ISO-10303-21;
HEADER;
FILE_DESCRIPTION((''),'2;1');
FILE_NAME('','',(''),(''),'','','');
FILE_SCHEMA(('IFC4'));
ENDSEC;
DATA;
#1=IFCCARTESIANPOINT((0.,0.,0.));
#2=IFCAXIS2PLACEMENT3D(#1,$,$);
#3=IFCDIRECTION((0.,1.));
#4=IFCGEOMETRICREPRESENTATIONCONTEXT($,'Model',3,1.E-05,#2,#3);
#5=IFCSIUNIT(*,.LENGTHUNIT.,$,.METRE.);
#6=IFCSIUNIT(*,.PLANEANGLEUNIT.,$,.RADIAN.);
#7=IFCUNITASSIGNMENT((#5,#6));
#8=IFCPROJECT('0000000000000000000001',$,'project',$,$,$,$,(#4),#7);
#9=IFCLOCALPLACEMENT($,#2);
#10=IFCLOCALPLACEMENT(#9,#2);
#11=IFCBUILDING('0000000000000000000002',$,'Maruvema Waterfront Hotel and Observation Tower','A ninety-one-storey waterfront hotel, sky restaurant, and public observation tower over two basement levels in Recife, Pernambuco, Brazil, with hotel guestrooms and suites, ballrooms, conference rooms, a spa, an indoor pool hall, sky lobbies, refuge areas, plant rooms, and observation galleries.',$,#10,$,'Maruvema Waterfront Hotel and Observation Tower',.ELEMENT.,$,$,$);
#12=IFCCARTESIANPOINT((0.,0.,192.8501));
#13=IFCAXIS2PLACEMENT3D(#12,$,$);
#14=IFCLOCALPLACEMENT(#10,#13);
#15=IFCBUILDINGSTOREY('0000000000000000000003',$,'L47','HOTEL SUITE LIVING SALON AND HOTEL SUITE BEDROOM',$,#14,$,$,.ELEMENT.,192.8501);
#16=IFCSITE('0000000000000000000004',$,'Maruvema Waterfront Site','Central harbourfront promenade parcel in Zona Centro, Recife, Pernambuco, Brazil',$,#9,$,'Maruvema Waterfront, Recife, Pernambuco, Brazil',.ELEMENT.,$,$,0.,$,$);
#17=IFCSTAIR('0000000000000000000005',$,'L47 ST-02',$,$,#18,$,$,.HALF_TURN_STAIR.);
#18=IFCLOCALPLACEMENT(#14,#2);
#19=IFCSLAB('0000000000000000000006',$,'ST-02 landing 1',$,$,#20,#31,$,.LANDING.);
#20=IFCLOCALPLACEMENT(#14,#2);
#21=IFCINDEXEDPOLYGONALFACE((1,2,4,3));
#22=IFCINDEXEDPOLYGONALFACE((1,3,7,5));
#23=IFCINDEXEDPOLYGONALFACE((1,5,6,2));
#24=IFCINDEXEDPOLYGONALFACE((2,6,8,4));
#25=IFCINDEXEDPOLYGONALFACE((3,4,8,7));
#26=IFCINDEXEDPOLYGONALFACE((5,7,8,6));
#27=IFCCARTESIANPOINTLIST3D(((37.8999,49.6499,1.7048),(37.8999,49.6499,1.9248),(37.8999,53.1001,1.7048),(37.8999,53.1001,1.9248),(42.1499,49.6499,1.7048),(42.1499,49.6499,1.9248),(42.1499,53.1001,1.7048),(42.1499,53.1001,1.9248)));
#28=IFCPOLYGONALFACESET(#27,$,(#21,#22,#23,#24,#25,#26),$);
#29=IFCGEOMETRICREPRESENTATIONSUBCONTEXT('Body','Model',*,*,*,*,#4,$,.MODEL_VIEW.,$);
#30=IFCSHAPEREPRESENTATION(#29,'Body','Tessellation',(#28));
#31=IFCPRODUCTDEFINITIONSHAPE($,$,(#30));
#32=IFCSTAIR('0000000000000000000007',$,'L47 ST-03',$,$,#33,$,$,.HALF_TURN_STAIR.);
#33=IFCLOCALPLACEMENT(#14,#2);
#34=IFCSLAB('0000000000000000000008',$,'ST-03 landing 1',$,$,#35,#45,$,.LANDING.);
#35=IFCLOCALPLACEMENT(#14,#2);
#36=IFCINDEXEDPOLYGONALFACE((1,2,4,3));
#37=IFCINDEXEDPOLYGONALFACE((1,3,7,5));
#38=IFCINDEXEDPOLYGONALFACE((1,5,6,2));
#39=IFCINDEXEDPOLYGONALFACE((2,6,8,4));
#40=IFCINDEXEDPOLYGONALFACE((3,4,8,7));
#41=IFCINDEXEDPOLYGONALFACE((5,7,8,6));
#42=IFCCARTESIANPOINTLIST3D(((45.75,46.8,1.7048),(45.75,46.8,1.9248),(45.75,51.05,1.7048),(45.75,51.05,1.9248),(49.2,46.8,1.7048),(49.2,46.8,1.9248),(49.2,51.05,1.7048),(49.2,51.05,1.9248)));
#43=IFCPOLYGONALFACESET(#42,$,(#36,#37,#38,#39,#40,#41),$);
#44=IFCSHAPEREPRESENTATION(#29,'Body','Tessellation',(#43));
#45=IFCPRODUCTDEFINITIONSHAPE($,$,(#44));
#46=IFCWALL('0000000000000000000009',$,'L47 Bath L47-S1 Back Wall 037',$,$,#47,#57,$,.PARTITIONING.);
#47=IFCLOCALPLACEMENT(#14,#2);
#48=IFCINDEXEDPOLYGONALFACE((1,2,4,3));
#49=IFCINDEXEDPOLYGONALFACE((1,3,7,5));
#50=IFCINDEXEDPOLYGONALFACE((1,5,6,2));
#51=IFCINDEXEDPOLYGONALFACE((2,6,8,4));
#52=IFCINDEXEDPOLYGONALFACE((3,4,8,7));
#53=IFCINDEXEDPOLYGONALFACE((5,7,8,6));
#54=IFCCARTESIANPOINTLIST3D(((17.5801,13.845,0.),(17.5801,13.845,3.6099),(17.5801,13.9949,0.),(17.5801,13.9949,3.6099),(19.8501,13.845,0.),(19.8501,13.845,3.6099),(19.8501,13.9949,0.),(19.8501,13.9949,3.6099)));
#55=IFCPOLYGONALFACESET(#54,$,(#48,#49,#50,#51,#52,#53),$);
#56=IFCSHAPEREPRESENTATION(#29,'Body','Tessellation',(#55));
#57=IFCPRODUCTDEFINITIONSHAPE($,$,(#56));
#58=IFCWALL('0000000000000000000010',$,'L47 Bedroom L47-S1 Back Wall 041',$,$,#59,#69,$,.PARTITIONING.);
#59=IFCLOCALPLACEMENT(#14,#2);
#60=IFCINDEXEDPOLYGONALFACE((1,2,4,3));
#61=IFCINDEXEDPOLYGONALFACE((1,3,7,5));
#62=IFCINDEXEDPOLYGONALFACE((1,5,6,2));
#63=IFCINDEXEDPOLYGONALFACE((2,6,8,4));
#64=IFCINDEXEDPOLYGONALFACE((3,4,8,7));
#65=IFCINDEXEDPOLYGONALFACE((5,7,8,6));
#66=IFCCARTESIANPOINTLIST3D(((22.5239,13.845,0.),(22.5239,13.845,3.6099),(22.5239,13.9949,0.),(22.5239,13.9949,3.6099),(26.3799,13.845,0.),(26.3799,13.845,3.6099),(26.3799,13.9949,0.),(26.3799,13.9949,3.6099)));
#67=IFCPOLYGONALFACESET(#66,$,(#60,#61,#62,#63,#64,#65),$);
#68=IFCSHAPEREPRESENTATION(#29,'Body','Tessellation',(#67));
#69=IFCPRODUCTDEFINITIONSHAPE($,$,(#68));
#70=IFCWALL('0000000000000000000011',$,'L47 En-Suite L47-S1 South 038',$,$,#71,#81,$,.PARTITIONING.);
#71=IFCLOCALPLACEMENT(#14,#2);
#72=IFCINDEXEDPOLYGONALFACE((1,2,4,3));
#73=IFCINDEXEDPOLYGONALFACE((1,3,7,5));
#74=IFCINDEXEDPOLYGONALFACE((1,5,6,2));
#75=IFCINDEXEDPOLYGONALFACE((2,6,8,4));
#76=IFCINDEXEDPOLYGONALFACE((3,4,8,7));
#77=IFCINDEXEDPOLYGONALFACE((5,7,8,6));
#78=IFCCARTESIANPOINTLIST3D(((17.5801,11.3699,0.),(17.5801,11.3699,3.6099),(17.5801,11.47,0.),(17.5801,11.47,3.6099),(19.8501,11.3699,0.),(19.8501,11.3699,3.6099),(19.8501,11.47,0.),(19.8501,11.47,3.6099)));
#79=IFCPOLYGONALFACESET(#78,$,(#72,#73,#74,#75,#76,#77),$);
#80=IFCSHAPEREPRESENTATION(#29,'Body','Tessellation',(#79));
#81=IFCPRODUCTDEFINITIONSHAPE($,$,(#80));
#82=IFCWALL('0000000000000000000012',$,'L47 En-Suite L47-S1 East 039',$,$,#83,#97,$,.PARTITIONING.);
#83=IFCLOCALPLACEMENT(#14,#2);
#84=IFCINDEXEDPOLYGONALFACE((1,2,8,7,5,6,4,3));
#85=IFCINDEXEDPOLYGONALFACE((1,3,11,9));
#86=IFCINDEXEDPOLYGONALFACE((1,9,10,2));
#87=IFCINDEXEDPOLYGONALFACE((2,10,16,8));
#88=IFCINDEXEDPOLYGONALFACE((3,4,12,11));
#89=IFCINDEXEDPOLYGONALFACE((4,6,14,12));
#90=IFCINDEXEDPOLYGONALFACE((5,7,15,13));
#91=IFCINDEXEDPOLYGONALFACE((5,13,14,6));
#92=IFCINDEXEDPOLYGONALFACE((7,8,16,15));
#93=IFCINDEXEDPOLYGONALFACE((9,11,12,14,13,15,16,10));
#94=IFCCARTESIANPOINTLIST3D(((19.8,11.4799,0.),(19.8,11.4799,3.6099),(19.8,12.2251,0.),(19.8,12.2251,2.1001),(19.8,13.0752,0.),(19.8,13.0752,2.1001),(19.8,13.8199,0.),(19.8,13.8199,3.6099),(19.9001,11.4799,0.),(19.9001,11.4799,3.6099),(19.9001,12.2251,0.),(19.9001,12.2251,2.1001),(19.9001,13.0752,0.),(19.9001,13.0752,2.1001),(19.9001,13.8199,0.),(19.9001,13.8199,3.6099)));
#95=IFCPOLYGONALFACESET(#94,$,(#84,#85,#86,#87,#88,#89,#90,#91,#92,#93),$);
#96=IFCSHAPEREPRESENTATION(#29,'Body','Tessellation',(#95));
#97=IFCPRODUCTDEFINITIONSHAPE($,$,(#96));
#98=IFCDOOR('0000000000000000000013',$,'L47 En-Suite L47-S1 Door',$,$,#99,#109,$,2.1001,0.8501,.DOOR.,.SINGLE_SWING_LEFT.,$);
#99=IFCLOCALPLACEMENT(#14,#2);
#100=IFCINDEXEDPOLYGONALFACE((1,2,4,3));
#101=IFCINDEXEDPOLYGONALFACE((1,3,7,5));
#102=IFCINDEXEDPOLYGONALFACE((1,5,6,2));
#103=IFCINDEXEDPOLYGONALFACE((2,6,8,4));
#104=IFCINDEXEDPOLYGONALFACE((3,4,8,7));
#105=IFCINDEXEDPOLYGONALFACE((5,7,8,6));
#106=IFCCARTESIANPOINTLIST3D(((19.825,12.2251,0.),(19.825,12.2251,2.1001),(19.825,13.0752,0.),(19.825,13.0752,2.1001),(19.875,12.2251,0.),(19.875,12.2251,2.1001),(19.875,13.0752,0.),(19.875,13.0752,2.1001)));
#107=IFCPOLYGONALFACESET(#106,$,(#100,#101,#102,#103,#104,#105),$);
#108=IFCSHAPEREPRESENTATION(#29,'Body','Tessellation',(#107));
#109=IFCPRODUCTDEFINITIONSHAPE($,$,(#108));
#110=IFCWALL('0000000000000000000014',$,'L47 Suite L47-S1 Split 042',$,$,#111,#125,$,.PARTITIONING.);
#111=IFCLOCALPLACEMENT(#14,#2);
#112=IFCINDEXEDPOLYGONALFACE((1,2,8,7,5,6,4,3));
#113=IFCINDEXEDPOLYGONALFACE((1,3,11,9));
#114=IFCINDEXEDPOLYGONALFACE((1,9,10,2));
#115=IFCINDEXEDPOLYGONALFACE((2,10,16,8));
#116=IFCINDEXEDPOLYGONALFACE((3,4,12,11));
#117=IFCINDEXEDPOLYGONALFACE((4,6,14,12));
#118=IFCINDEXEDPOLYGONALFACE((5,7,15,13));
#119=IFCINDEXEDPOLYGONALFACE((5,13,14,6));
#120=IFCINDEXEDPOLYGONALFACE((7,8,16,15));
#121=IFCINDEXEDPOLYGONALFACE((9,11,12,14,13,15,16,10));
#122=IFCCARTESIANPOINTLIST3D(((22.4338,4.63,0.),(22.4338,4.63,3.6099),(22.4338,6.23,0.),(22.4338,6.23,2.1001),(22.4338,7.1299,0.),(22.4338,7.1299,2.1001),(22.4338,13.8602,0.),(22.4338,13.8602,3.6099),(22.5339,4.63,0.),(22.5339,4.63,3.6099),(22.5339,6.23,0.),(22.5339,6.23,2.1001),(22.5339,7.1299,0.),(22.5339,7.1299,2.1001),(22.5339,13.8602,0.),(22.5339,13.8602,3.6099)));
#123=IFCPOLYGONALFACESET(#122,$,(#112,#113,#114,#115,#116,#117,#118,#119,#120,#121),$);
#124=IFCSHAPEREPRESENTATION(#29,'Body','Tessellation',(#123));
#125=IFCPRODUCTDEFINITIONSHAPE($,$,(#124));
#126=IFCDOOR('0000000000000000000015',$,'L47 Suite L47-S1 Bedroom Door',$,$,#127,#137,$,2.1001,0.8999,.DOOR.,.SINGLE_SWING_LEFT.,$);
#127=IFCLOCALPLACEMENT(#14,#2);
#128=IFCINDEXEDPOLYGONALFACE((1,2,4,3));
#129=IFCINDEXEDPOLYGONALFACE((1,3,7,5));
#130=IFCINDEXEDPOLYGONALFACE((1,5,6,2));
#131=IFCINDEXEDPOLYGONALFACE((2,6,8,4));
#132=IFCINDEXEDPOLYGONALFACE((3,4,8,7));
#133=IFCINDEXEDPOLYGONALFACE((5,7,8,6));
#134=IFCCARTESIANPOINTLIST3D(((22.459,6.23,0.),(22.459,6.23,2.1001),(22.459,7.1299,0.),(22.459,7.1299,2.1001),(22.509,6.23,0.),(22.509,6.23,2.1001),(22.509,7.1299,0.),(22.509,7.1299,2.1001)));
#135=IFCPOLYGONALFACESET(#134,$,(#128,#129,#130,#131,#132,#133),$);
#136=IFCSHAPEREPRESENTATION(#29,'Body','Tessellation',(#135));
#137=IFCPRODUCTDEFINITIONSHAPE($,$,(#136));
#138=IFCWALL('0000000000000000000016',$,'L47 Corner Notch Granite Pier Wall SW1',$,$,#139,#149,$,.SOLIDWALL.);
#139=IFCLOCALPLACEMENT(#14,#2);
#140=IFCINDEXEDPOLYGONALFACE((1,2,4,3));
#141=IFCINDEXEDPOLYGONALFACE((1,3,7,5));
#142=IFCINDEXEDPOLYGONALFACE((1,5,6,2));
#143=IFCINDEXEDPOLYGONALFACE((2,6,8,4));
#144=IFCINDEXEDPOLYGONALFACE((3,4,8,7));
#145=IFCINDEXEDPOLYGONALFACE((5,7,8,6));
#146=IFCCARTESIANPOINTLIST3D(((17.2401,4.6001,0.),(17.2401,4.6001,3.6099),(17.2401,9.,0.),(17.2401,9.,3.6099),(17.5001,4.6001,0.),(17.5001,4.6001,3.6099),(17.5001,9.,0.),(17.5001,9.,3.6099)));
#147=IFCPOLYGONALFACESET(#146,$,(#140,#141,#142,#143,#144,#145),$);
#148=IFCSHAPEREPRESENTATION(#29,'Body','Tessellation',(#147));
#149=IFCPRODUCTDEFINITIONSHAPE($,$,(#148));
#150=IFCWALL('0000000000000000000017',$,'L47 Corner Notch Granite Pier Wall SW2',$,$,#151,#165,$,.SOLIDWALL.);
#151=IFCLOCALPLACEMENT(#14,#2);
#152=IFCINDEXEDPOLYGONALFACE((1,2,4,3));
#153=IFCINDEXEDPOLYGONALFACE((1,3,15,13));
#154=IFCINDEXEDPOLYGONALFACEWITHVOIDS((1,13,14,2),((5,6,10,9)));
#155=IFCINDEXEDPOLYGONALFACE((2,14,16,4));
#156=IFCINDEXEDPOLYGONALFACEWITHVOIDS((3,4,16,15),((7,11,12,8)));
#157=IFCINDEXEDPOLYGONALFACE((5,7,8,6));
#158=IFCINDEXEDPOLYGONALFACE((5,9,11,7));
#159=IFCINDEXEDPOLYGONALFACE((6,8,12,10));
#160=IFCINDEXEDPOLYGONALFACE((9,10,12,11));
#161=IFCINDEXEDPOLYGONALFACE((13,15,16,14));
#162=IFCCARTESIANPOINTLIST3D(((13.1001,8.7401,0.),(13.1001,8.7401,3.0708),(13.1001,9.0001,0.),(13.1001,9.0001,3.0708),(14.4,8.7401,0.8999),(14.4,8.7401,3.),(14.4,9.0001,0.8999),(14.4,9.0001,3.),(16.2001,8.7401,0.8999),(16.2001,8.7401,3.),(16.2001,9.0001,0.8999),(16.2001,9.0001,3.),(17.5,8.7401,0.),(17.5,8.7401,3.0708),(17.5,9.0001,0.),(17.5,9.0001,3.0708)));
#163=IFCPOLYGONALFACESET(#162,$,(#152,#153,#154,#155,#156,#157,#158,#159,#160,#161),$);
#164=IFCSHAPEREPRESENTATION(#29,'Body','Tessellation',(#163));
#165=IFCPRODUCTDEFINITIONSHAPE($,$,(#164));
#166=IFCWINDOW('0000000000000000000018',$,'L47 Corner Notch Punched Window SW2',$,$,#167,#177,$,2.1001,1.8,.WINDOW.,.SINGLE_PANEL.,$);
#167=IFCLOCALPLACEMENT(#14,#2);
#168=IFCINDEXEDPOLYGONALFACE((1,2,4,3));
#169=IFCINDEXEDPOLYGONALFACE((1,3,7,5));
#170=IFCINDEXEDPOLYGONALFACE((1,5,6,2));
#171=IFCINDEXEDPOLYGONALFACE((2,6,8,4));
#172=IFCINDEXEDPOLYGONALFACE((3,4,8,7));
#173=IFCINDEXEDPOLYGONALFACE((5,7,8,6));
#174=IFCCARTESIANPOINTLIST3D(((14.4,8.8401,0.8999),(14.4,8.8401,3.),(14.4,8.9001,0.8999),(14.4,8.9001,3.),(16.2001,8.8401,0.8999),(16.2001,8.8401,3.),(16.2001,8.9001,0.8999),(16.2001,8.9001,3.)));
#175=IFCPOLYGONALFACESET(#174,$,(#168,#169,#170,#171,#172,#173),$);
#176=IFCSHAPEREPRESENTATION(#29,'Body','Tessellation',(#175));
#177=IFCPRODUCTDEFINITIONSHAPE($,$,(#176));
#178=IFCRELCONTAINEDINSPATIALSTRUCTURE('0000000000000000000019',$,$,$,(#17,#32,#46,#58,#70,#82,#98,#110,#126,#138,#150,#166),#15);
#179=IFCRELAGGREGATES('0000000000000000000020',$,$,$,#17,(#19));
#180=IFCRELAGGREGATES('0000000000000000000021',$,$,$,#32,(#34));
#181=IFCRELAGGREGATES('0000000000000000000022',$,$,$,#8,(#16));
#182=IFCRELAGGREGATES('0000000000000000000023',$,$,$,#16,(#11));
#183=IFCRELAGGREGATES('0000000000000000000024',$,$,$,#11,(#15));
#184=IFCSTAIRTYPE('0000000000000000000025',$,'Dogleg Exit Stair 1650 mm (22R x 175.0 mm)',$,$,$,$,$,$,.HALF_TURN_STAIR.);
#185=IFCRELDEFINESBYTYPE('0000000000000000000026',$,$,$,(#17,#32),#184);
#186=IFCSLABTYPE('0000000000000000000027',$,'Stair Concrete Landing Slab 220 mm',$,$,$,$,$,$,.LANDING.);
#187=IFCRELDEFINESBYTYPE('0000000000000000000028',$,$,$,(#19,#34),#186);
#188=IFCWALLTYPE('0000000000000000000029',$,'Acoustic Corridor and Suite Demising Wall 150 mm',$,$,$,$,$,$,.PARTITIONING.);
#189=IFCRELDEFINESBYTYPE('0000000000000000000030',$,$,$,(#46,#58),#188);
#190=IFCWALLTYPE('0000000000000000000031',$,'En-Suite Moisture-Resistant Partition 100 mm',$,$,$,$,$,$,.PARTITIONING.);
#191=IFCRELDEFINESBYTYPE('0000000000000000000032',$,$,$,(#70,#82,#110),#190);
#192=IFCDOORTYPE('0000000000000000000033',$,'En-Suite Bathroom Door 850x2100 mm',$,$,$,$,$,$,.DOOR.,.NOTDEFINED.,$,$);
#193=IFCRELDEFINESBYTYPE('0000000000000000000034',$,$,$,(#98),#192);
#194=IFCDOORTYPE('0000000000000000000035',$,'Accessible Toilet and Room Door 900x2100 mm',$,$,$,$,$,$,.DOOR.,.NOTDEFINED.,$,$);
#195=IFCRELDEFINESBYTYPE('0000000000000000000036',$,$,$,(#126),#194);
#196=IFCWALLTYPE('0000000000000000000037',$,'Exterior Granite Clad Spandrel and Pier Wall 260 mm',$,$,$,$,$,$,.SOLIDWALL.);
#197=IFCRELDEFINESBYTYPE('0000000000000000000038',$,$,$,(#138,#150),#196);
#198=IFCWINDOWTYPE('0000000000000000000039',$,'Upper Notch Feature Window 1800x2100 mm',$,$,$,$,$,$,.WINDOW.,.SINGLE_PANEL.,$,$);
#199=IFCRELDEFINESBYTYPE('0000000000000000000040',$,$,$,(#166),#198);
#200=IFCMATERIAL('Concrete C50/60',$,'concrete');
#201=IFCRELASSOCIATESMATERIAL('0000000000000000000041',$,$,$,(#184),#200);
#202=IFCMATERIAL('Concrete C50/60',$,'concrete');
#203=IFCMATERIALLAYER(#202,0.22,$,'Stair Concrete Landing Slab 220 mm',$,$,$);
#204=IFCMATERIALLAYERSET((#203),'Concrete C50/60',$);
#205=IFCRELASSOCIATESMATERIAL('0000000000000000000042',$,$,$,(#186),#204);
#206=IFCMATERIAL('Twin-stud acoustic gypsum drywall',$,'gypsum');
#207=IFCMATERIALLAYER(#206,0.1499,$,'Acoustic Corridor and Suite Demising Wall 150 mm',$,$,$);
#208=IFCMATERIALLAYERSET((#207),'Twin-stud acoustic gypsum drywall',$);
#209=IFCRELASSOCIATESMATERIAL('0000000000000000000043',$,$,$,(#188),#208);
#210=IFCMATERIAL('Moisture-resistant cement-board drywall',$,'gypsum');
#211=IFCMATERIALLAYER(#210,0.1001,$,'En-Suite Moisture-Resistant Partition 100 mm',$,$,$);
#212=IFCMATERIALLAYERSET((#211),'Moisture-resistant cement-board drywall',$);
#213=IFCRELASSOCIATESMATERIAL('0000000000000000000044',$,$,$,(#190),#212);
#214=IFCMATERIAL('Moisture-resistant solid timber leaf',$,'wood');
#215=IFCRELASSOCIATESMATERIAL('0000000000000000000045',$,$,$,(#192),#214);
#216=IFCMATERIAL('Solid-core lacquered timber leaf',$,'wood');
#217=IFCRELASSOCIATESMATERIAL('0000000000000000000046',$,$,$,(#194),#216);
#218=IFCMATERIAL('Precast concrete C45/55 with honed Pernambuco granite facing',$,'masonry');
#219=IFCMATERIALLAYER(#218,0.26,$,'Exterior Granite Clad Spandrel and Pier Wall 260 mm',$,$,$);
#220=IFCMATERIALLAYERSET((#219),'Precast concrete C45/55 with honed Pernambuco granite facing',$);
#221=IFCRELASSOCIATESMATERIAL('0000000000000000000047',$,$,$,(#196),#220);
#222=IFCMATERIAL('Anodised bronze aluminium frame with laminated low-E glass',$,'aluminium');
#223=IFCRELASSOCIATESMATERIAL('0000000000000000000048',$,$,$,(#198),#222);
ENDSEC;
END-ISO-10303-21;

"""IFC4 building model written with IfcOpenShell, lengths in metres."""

from ifc_helpers import new_model, si_unit, direction, frame, frame_2d, origin, place, context, subcontext, project, spatial, polyline, rectangle, outline, extrude, material, layer, layer_set, type_object, element, fill, aggregate, save


model = new_model("IFC4")

# Units and contexts
model_context = context("Model", 3, precision=1e-05, world=origin(), true_north=direction((0.0, 1.0)))
body_context = subcontext(model_context, "Body", "Model", "MODEL_VIEW")
ifc_project = project(units=[si_unit("LENGTHUNIT", "METRE"), si_unit("PLANEANGLEUNIT", "RADIAN")], contexts=[model_context])

# Site, building, storey
site_placement = place(None, origin())
site = spatial("IfcSite", under=ifc_project, at=site_placement, Name="Maruvema Waterfront Site", Description="Central harbourfront promenade parcel in Zona Centro, Recife, Pernambuco, Brazil", LongName="Maruvema Waterfront, Recife, Pernambuco, Brazil", CompositionType="ELEMENT", RefElevation=0.0)
building_placement = place(site_placement, origin())
building = spatial("IfcBuilding", under=site, at=building_placement, Name="Maruvema Waterfront Hotel and Observation Tower", Description="A ninety-one-storey waterfront hotel, sky restaurant, and public observation tower over two basement levels in Recife, Pernambuco, Brazil, with hotel guestrooms and suites, ballrooms, conference rooms, a spa, an indoor pool hall, sky lobbies, refuge areas, plant rooms, and observation galleries.", LongName="Maruvema Waterfront Hotel and Observation Tower", CompositionType="ELEMENT")
storey_placement = place(building_placement, frame((0.0, 0.0, 192.8501)))
storey = spatial("IfcBuildingStorey", under=building, at=storey_placement, Name="L47", Description="HOTEL SUITE LIVING SALON AND HOTEL SUITE BEDROOM", CompositionType="ELEMENT", Elevation=192.8501)

# Stairs, slabs
ifc_material_1 = material(Name="Concrete C50/60", Category="concrete")
stair_type = type_object("IfcStairType", Name="Dogleg Exit Stair 1650 mm (22R x 175.0 mm)", PredefinedType="HALF_TURN_STAIR", material=ifc_material_1)
ifc_material_2 = material(Name="Concrete C50/60", Category="concrete")
ifc_layer_1 = layer(ifc_material_2, 0.22, Name="Stair Concrete Landing Slab 220 mm")
ifc_layer_set_1 = layer_set([ifc_layer_1], Name="Concrete C50/60")
slab_type_1 = type_object("IfcSlabType", Name="Stair Concrete Landing Slab 220 mm", PredefinedType="LANDING", material=ifc_layer_set_1)
stair_1_placement = place(storey_placement, origin())
stair_1 = element("IfcStair", 1, at=stair_1_placement, inside=storey, type_object=stair_type, Name="L47 ST-02", PredefinedType="HALF_TURN_STAIR")
slab_1_placement = place(storey_placement, frame((0.0, 0.0, 1.7048)))
slab_1 = element("IfcSlab", 2, at=slab_1_placement, type_object=slab_type_1, Name="ST-02 landing 1", PredefinedType="LANDING", context=body_context, shape_type="SweptSolid", body=[
    extrude(outline(polyline([(37.8999, 49.6499), (42.1499, 49.6499), (42.1499, 53.1001), (37.8999, 53.1001), (37.8999, 49.6499)])), origin(), (0.0, 0.0, 1.0), 0.22),
])
aggregate(stair_1, [slab_1])
stair_2_placement = place(storey_placement, origin())
stair_2 = element("IfcStair", 3, at=stair_2_placement, inside=storey, type_object=stair_type, Name="L47 ST-03", PredefinedType="HALF_TURN_STAIR")
slab_2_placement = place(storey_placement, frame((0.0, 0.0, 1.7048)))
slab_2 = element("IfcSlab", 4, at=slab_2_placement, type_object=slab_type_1, Name="ST-03 landing 1", PredefinedType="LANDING", context=body_context, shape_type="SweptSolid", body=[
    extrude(outline(polyline([(49.2, 46.8), (49.2, 51.05), (45.75, 51.05), (45.75, 46.8), (49.2, 46.8)])), origin(), (0.0, 0.0, 1.0), 0.22),
])
aggregate(stair_2, [slab_2])

# Wall
ifc_material_3 = material(Name="Twin-stud acoustic gypsum drywall", Category="gypsum")
ifc_layer_2 = layer(ifc_material_3, 0.1499, Name="Acoustic Corridor and Suite Demising Wall 150 mm")
ifc_layer_set_2 = layer_set([ifc_layer_2], Name="Twin-stud acoustic gypsum drywall")
wall_type_1 = type_object("IfcWallType", Name="Acoustic Corridor and Suite Demising Wall 150 mm", PredefinedType="PARTITIONING", material=ifc_layer_set_2)
wall_1_placement = place(storey_placement, frame((17.5801, 13.9199, 0.0), z_axis=(0.0, 0.0, 1.0), x_axis=(1.0, 0.0, 0.0)))
element("IfcWall", 5, at=wall_1_placement, inside=storey, type_object=wall_type_1, Name="L47 Bath L47-S1 Back Wall 037", PredefinedType="PARTITIONING", context=body_context, shape_type="SweptSolid", body=[
    extrude(rectangle(XDim=2.27, YDim=0.1499, at=frame_2d((1.135, 0.0))), origin(), (0.0, 0.0, 1.0), 3.6099),
])

# Walls
wall_2_placement = place(storey_placement, frame((22.5239, 13.9199, 0.0), z_axis=(0.0, 0.0, 1.0), x_axis=(1.0, 0.0, 0.0)))
element("IfcWall", 6, at=wall_2_placement, inside=storey, type_object=wall_type_1, Name="L47 Bedroom L47-S1 Back Wall 041", PredefinedType="PARTITIONING", context=body_context, shape_type="SweptSolid", body=[
    extrude(rectangle(XDim=3.856, YDim=0.1499, at=frame_2d((1.928, 0.0))), origin(), (0.0, 0.0, 1.0), 3.6099),
])
ifc_material_4 = material(Name="Moisture-resistant cement-board drywall", Category="gypsum")
ifc_layer_3 = layer(ifc_material_4, 0.1001, Name="En-Suite Moisture-Resistant Partition 100 mm")
ifc_layer_set_3 = layer_set([ifc_layer_3], Name="Moisture-resistant cement-board drywall")
wall_type_2 = type_object("IfcWallType", Name="En-Suite Moisture-Resistant Partition 100 mm", PredefinedType="PARTITIONING", material=ifc_layer_set_3)
wall_3_placement = place(storey_placement, frame((17.5801, 11.4199, 0.0), z_axis=(0.0, 0.0, 1.0), x_axis=(1.0, 0.0, 0.0)))
element("IfcWall", 7, at=wall_3_placement, inside=storey, type_object=wall_type_2, Name="L47 En-Suite L47-S1 South 038", PredefinedType="PARTITIONING", context=body_context, shape_type="SweptSolid", body=[
    extrude(rectangle(XDim=2.27, YDim=0.1001, at=frame_2d((1.135, 0.0))), origin(), (0.0, 0.0, 1.0), 3.6099),
])

# Walls, openings, doors
wall_4_placement = place(storey_placement, frame((19.8501, 11.48, 0.0), z_axis=(0.0, 0.0, 1.0), x_axis=(0.0, 1.0, 0.0)))
wall_4 = element("IfcWall", 8, at=wall_4_placement, inside=storey, type_object=wall_type_2, Name="L47 En-Suite L47-S1 East 039", PredefinedType="PARTITIONING", context=body_context, shape_type="SweptSolid", body=[
    extrude(rectangle(XDim=2.3401, YDim=0.1001, at=frame_2d((1.1699, 0.0))), origin(), (0.0, 0.0, 1.0), 3.6099),
])
opening_1_placement = place(wall_4_placement, frame((0.7451, 0.0, 0.0)))
opening_1 = element("IfcOpeningElement", 9, at=opening_1_placement, cuts=wall_4, PredefinedType="OPENING", context=body_context, shape_type="SweptSolid", body=[
    extrude(rectangle(XDim=0.8501, YDim=2.1001, at=frame_2d((0.425, 1.05))), frame((0.0, 0.0601, 0.0), z_axis=(0.0, -1.0, 0.0), x_axis=(1.0, 0.0, 0.0)), (0.0, 0.0, 1.0), 0.1201),
])
ifc_material_5 = material(Name="Moisture-resistant solid timber leaf", Category="wood")
door_type_1 = type_object("IfcDoorType", Name="En-Suite Bathroom Door 850x2100 mm", OperationType="NOTDEFINED", PredefinedType="DOOR", material=ifc_material_5)
door_1_placement = place(opening_1_placement, frame((0.8501, 0.0, 0.0), z_axis=(0.0, 0.0, 1.0), x_axis=(-1.0, 0.0, 0.0)))
door_1 = element("IfcDoor", 10, at=door_1_placement, inside=storey, type_object=door_type_1, Name="L47 En-Suite L47-S1 Door", OperationType="SINGLE_SWING_LEFT", OverallHeight=2.1001, OverallWidth=0.8501, PredefinedType="DOOR", context=body_context, shape_type="SweptSolid", body=[
    extrude(rectangle(XDim=0.8501, YDim=2.1001, at=frame_2d((0.425, 1.05))), frame((0.0, 0.0249, 0.0), z_axis=(0.0, -1.0, 0.0), x_axis=(1.0, 0.0, 0.0)), (0.0, 0.0, 1.0), 0.05),
])
fill(opening_1, door_1)
wall_5_placement = place(storey_placement, frame((22.4839, 4.6299, 0.0), z_axis=(0.0, 0.0, 1.0), x_axis=(0.0, 1.0, 0.0)))
wall_5 = element("IfcWall", 11, at=wall_5_placement, inside=storey, type_object=wall_type_2, Name="L47 Suite L47-S1 Split 042", PredefinedType="PARTITIONING", context=body_context, shape_type="SweptSolid", body=[
    extrude(rectangle(XDim=9.2302, YDim=0.1001, at=frame_2d((4.6152, 0.0))), origin(), (0.0, 0.0, 1.0), 3.6099),
])
opening_2_placement = place(wall_5_placement, frame((1.6001, 0.0, 0.0)))
opening_2 = element("IfcOpeningElement", 12, at=opening_2_placement, cuts=wall_5, PredefinedType="OPENING", context=body_context, shape_type="SweptSolid", body=[
    extrude(rectangle(XDim=0.8999, YDim=2.1001, at=frame_2d((0.45, 1.05))), frame((0.0, 0.0601, 0.0), z_axis=(0.0, -1.0, 0.0), x_axis=(1.0, 0.0, 0.0)), (0.0, 0.0, 1.0), 0.1201),
])
ifc_material_6 = material(Name="Solid-core lacquered timber leaf", Category="wood")
door_type_2 = type_object("IfcDoorType", Name="Accessible Toilet and Room Door 900x2100 mm", OperationType="NOTDEFINED", PredefinedType="DOOR", material=ifc_material_6)
door_2_placement = place(opening_2_placement, origin())
door_2 = element("IfcDoor", 13, at=door_2_placement, inside=storey, type_object=door_type_2, Name="L47 Suite L47-S1 Bedroom Door", OperationType="SINGLE_SWING_LEFT", OverallHeight=2.1001, OverallWidth=0.8999, PredefinedType="DOOR", context=body_context, shape_type="SweptSolid", body=[
    extrude(rectangle(XDim=0.8999, YDim=2.1001, at=frame_2d((0.45, 1.05))), frame((0.0, 0.0249, 0.0), z_axis=(0.0, -1.0, 0.0), x_axis=(1.0, 0.0, 0.0)), (0.0, 0.0, 1.0), 0.05),
])
fill(opening_2, door_2)

# Wall
ifc_material_7 = material(Name="Precast concrete C45/55 with honed Pernambuco granite facing", Category="masonry")
ifc_layer_4 = layer(ifc_material_7, 0.26, Name="Exterior Granite Clad Spandrel and Pier Wall 260 mm")
ifc_layer_set_4 = layer_set([ifc_layer_4], Name="Precast concrete C45/55 with honed Pernambuco granite facing")
wall_type_3 = type_object("IfcWallType", Name="Exterior Granite Clad Spandrel and Pier Wall 260 mm", PredefinedType="SOLIDWALL", material=ifc_layer_set_4)
wall_6_placement = place(storey_placement, frame((17.3701, 4.6001, 0.0), z_axis=(0.0, 0.0, 1.0), x_axis=(0.0, 1.0, 0.0)))
element("IfcWall", 14, at=wall_6_placement, inside=storey, type_object=wall_type_3, Name="L47 Corner Notch Granite Pier Wall SW1", PredefinedType="SOLIDWALL", context=body_context, shape_type="SweptSolid", body=[
    extrude(rectangle(XDim=4.3999, YDim=0.26, at=frame_2d((2.2, 0.0))), origin(), (0.0, 0.0, 1.0), 3.6099),
])

# Wall, opening, window
wall_7_placement = place(storey_placement, frame((17.5, 8.8701, 0.0), z_axis=(0.0, 0.0, 1.0), x_axis=(-1.0, 0.0, 0.0)))
wall_7 = element("IfcWall", 15, at=wall_7_placement, inside=storey, type_object=wall_type_3, Name="L47 Corner Notch Granite Pier Wall SW2", PredefinedType="SOLIDWALL", context=body_context, shape_type="SweptSolid", body=[
    extrude(rectangle(XDim=4.3999, YDim=0.26, at=frame_2d((2.2, 0.0))), origin(), (0.0, 0.0, 1.0), 3.0708),
])
opening_3_placement = place(wall_7_placement, frame((1.3, 0.0, 0.8999)))
opening_3 = element("IfcOpeningElement", 16, at=opening_3_placement, cuts=wall_7, PredefinedType="OPENING", context=body_context, shape_type="SweptSolid", body=[
    extrude(rectangle(XDim=1.8, YDim=2.1001, at=frame_2d((0.8999, 1.05))), frame((0.0, 0.1401, 0.0), z_axis=(0.0, -1.0, 0.0), x_axis=(1.0, 0.0, 0.0)), (0.0, 0.0, 1.0), 0.28),
])
ifc_material_8 = material(Name="Anodised bronze aluminium frame with laminated low-E glass", Category="aluminium")
window_type = type_object("IfcWindowType", Name="Upper Notch Feature Window 1800x2100 mm", PartitioningType="SINGLE_PANEL", PredefinedType="WINDOW", material=ifc_material_8)
window_placement = place(opening_3_placement, origin())
window = element("IfcWindow", 17, at=window_placement, inside=storey, type_object=window_type, Name="L47 Corner Notch Punched Window SW2", OverallHeight=2.1001, OverallWidth=1.8, PartitioningType="SINGLE_PANEL", PredefinedType="WINDOW", context=body_context, shape_type="SweptSolid", body=[
    extrude(rectangle(XDim=1.8, YDim=2.1001, at=frame_2d((0.8999, 1.05))), frame((0.0, 0.03, 0.0), z_axis=(0.0, -1.0, 0.0), x_axis=(1.0, 0.0, 0.0)), (0.0, 0.0, 1.0), 0.0601),
])
fill(opening_3, window)

save(model, "model.ifc")
